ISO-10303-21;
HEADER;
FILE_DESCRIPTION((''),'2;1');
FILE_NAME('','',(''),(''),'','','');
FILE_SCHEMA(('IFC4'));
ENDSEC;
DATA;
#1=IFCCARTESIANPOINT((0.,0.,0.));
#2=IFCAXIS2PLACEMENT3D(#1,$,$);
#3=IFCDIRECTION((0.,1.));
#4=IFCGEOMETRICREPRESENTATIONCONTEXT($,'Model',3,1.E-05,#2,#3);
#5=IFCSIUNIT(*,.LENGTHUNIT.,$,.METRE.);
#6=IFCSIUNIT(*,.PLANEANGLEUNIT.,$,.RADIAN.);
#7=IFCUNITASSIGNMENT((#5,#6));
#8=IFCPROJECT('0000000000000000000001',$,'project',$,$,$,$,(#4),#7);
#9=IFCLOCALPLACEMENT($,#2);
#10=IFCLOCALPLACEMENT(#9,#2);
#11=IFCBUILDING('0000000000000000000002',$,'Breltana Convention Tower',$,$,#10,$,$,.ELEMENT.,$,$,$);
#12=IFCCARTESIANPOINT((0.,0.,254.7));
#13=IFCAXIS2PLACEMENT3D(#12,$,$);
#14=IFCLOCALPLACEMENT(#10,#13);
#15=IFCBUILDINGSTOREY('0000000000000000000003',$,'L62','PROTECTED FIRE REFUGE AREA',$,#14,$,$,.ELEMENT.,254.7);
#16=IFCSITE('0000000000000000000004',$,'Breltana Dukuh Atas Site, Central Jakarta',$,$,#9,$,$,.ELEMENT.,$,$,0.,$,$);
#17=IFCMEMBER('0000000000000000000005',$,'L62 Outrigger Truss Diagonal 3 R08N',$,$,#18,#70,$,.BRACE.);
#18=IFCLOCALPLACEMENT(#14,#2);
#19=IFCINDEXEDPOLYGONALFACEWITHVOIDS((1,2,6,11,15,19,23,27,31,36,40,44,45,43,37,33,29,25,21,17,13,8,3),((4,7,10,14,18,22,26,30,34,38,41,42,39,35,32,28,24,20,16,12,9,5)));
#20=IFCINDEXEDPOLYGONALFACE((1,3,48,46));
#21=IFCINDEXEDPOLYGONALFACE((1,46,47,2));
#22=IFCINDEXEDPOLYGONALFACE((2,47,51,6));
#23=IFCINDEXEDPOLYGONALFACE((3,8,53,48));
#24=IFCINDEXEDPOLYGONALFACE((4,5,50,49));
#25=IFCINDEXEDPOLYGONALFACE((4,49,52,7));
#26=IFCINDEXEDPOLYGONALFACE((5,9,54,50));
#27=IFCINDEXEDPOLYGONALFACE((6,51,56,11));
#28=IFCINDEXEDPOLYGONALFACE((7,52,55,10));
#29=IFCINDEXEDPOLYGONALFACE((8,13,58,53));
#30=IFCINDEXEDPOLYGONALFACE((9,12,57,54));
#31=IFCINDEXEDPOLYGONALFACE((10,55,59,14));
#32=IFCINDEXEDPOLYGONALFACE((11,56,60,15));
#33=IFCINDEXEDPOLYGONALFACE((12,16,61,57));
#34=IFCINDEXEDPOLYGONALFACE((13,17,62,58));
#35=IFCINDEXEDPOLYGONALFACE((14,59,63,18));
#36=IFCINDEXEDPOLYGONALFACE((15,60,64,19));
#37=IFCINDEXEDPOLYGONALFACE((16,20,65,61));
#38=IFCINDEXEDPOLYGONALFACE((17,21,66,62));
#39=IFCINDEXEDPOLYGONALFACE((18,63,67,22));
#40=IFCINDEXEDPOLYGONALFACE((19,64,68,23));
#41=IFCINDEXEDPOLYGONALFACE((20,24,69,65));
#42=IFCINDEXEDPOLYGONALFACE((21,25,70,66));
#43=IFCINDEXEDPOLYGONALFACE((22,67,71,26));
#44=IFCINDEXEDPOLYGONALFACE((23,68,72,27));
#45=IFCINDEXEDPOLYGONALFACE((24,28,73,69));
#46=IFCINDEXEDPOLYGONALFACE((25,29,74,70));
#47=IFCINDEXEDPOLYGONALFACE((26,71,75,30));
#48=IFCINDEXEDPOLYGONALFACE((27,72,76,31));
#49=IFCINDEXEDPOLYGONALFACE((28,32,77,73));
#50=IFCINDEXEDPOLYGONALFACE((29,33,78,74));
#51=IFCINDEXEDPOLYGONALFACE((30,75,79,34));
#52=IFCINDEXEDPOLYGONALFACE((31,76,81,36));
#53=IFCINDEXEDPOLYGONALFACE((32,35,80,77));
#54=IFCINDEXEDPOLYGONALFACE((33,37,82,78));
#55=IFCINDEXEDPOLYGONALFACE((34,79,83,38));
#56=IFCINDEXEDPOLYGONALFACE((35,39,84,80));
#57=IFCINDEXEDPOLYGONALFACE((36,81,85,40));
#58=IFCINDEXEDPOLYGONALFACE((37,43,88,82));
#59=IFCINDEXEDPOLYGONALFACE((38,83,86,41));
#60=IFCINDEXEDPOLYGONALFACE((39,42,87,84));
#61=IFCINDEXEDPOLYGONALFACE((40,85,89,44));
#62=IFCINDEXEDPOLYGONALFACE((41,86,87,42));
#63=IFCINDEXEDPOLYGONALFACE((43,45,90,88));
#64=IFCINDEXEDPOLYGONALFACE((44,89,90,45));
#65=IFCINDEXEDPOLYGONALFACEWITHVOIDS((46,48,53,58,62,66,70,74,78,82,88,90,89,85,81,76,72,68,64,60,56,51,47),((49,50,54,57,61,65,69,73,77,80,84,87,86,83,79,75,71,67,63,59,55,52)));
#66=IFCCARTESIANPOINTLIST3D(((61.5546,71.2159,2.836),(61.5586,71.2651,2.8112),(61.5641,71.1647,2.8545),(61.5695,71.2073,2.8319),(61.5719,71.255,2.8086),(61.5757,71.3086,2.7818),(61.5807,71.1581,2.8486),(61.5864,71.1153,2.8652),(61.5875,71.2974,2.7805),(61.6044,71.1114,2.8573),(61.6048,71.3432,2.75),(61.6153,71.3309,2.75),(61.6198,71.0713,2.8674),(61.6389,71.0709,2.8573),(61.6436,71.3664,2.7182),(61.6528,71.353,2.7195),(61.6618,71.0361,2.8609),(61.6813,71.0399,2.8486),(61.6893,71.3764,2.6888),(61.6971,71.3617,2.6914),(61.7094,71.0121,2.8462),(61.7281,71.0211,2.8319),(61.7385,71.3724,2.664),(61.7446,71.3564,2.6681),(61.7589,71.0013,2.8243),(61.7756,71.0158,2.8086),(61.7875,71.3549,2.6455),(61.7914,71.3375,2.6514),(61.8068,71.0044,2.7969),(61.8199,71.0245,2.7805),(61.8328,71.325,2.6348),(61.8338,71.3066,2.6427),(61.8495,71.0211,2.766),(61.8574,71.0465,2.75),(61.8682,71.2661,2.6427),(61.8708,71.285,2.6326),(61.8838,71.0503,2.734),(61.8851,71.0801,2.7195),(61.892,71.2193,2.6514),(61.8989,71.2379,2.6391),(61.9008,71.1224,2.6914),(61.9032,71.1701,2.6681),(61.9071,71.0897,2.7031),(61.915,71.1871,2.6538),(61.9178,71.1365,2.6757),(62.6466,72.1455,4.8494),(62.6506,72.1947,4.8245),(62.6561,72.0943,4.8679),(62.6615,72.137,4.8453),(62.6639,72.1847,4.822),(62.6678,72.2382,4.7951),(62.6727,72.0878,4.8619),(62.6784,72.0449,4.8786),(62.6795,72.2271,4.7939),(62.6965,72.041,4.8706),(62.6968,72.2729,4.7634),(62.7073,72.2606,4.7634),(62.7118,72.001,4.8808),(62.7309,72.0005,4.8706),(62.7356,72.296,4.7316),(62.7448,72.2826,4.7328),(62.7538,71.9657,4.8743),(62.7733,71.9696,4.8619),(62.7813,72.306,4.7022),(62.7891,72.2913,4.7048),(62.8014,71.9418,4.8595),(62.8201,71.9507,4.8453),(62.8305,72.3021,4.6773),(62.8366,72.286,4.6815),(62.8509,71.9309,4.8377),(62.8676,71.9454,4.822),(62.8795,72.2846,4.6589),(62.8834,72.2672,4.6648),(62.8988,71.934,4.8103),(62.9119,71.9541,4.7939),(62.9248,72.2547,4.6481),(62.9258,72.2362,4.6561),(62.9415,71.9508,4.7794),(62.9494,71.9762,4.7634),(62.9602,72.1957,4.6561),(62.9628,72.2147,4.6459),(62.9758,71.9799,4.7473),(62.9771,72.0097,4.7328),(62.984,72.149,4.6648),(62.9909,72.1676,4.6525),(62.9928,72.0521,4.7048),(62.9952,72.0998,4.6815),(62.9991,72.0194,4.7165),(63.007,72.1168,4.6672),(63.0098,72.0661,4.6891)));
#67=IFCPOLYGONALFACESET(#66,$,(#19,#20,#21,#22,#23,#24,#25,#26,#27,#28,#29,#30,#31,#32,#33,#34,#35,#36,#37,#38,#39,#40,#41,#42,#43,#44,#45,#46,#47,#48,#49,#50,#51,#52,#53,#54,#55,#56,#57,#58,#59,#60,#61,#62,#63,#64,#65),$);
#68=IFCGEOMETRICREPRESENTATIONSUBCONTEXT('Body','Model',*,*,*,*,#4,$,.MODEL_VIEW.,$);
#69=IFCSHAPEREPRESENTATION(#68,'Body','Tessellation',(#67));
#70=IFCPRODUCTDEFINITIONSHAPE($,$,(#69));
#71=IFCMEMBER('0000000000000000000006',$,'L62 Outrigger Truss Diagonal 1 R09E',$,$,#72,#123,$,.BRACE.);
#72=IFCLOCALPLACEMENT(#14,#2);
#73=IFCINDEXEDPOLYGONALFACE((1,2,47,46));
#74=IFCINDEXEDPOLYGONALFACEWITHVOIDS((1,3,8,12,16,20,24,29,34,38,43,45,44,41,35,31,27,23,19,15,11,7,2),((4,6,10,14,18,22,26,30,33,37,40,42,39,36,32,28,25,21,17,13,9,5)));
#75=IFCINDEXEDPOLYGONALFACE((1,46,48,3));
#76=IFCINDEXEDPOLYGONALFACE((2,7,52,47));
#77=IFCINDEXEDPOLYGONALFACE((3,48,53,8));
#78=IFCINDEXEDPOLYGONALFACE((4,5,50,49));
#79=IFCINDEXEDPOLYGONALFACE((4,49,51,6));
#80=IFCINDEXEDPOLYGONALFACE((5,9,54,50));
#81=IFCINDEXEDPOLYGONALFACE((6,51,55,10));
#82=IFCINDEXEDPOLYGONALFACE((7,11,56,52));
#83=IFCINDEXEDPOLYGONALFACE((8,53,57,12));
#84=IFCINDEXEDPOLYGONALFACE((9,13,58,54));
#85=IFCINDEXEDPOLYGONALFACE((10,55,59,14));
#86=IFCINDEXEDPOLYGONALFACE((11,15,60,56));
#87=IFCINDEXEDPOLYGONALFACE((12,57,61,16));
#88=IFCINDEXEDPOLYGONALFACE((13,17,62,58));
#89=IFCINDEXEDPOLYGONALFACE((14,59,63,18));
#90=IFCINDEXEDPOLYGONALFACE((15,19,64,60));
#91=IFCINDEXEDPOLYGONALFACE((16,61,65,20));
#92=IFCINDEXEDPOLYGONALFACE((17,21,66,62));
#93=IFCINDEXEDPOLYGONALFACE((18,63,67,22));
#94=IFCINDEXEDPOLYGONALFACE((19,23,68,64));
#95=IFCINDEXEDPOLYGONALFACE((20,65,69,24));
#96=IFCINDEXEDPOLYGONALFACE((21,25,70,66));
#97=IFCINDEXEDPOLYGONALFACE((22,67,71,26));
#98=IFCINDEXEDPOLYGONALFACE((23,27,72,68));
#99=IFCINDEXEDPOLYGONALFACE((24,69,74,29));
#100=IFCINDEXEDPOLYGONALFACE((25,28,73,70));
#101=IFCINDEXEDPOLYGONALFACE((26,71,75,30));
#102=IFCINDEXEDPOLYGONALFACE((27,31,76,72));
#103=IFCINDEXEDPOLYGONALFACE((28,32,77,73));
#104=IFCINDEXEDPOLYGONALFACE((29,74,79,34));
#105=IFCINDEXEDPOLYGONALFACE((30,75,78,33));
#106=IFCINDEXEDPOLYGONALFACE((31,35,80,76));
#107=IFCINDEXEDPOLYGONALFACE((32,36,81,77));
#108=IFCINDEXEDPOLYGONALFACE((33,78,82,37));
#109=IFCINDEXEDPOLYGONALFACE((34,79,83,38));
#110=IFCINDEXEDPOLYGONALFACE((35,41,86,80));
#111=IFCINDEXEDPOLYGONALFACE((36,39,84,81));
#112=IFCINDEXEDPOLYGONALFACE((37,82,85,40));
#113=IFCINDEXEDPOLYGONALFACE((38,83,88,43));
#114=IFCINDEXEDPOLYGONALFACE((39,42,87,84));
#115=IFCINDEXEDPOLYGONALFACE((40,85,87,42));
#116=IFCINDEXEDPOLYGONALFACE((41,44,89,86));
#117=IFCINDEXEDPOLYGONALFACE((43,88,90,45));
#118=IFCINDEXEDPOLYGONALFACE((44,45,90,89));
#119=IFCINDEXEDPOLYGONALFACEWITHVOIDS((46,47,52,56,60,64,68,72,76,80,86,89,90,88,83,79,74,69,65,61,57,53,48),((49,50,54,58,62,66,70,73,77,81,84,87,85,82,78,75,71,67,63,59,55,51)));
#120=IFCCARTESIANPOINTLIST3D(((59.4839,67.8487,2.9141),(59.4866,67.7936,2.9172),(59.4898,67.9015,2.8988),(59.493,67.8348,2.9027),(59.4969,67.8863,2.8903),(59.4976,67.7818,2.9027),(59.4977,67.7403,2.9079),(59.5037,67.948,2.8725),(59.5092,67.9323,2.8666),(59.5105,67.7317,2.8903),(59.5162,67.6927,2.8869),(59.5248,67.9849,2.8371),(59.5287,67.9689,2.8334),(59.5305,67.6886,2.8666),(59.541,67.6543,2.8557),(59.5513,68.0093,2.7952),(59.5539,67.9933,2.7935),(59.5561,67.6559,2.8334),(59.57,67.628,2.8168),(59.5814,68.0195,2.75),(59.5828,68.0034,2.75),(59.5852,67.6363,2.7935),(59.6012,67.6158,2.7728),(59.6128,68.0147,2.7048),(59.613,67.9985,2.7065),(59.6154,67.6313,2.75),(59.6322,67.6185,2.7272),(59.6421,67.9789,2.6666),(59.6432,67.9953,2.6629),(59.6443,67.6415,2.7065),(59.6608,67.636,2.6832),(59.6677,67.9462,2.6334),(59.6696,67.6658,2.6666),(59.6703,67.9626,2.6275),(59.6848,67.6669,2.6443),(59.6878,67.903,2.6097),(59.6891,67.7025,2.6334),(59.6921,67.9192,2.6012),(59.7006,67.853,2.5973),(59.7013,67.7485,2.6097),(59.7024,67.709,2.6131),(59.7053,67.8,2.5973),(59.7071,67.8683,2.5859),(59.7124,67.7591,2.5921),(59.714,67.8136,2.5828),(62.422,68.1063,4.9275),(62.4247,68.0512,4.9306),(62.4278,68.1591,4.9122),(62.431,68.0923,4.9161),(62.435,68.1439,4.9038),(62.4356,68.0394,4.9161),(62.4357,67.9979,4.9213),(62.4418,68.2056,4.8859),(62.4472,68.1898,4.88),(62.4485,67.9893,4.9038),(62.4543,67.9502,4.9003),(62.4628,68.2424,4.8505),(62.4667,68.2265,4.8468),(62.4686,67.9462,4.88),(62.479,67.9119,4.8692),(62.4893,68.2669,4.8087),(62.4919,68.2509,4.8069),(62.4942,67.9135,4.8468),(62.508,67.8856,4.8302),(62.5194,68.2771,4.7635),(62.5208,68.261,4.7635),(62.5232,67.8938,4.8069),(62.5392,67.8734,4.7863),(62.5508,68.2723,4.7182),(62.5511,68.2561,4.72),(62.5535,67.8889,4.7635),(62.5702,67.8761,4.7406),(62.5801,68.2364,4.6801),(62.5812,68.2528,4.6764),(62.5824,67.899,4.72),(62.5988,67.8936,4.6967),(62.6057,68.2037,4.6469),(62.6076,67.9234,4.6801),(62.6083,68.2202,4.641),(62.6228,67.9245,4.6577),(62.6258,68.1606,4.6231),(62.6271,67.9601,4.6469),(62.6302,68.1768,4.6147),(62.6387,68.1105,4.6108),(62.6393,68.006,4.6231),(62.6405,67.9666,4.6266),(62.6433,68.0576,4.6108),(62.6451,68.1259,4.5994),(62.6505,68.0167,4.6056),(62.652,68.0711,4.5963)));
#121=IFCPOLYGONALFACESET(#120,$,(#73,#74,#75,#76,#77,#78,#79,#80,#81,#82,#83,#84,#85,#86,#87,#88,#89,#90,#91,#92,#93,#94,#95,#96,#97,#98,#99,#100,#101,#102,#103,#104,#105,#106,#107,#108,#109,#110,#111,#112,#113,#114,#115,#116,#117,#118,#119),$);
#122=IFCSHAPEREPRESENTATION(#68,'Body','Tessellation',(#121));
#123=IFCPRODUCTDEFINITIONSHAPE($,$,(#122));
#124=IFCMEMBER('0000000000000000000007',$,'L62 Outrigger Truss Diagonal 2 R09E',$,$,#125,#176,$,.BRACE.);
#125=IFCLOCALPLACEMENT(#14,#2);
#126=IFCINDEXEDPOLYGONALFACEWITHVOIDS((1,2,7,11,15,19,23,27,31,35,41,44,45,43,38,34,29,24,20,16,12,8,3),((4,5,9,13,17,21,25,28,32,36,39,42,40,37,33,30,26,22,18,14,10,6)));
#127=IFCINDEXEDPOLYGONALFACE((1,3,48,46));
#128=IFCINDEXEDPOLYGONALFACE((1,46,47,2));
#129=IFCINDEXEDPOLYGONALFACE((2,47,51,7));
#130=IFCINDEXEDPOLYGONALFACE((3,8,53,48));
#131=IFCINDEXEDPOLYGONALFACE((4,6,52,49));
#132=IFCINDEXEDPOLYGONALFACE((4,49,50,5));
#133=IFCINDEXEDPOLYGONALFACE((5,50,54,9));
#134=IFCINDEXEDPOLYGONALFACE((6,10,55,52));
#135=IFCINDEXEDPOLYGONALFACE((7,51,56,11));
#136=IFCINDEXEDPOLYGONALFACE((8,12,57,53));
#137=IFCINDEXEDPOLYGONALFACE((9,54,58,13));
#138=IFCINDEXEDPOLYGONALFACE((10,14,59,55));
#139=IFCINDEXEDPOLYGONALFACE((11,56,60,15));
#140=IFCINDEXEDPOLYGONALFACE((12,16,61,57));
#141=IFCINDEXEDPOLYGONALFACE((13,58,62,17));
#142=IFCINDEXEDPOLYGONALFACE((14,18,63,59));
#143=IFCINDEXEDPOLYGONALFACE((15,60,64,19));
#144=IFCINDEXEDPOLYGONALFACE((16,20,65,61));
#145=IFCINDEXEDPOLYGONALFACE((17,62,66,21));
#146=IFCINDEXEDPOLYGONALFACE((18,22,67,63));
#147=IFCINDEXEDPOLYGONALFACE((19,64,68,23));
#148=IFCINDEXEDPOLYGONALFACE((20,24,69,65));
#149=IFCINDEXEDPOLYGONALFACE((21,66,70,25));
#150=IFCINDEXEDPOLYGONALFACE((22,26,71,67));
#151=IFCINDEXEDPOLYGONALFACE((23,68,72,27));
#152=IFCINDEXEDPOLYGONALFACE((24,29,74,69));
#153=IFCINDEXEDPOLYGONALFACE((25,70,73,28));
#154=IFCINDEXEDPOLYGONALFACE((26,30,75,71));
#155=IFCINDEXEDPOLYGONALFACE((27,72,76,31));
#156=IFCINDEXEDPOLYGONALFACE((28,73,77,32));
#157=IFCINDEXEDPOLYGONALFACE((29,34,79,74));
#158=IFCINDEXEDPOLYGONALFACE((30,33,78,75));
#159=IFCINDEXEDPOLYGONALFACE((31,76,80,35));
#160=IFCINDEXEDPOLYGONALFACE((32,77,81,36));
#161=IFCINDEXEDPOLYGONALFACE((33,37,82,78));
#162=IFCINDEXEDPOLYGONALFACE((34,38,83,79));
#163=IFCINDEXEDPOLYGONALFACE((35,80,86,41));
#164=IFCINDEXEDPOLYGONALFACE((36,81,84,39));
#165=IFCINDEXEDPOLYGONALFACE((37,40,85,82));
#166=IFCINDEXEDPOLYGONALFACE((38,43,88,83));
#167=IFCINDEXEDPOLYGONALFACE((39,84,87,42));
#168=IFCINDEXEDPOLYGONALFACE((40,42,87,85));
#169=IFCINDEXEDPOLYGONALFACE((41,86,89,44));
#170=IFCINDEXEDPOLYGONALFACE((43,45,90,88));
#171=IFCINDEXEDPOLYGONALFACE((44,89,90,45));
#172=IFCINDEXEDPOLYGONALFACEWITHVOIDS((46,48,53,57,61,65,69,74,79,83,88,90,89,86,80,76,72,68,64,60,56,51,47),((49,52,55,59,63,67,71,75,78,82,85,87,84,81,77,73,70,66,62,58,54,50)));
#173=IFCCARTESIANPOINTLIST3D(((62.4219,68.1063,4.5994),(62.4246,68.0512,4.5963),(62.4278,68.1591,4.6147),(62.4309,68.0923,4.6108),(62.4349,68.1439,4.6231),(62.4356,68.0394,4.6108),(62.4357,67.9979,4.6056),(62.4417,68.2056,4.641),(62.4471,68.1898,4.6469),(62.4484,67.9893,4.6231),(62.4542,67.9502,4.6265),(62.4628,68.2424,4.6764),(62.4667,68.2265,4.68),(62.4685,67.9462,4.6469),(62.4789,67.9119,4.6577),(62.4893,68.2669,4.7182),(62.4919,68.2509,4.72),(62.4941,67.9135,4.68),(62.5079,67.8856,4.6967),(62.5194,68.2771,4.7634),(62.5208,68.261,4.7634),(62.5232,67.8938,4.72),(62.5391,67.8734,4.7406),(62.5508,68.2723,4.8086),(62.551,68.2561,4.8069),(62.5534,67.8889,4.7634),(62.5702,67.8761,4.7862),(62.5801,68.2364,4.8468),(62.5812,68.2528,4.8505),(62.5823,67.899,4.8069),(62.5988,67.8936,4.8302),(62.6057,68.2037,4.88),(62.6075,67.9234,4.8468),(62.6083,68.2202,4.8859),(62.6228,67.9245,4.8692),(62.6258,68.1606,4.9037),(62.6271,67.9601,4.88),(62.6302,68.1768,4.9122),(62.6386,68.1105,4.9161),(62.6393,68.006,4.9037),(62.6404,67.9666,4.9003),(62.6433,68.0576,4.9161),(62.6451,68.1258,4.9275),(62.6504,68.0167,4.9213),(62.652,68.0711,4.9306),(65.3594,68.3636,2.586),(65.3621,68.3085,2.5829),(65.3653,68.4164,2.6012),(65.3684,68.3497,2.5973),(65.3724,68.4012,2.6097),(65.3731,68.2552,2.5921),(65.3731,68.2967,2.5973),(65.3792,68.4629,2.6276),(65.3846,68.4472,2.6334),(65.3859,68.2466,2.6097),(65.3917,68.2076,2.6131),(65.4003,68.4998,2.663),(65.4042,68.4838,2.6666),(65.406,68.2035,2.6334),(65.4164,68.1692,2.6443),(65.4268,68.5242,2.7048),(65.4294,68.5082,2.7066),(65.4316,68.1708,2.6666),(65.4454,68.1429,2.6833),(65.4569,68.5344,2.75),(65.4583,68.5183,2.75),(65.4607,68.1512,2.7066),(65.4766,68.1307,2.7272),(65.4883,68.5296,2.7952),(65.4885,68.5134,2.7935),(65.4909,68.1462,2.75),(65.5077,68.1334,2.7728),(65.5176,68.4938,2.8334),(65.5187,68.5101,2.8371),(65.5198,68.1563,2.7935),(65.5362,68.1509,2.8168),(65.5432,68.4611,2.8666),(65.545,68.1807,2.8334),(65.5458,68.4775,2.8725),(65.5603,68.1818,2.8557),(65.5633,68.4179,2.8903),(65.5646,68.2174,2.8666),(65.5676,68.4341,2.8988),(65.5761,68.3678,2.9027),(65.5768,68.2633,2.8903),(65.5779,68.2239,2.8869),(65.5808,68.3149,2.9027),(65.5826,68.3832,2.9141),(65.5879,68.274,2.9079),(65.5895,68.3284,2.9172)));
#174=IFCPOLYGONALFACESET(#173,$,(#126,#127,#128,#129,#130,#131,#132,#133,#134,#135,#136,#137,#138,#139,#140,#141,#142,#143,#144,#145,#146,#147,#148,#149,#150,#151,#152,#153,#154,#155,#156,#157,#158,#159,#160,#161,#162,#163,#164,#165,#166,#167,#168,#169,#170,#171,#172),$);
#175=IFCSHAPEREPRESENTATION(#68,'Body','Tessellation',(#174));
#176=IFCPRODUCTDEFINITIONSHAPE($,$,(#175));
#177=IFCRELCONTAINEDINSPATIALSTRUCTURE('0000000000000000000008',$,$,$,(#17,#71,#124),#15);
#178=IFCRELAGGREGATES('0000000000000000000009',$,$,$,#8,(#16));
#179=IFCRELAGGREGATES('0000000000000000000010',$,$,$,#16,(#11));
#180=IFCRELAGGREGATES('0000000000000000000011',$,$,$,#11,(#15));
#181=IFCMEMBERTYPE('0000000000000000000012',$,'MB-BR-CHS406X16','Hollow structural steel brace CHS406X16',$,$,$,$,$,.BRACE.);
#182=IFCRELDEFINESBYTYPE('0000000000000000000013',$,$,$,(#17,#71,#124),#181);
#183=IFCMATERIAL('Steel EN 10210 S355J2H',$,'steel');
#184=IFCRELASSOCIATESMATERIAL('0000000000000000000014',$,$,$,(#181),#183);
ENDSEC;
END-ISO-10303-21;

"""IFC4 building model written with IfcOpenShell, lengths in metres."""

from ifc_helpers import new_model, si_unit, direction, frame, origin, origin_2d, place, context, subcontext, project, spatial, hollow_circle, extrude, source, transform, mapped, material, material_profile, profile_set, type_object, element, save


model = new_model("IFC4")

# Units and contexts
model_context = context("Model", 3, precision=1e-05, world=origin(), true_north=direction((0.0, 1.0)))
body_context = subcontext(model_context, "Body", "Model", "MODEL_VIEW")
ifc_project = project(units=[si_unit("LENGTHUNIT", "METRE"), si_unit("PLANEANGLEUNIT", "RADIAN")], contexts=[model_context])

# Site, building, storey
site_placement = place(None, origin())
site = spatial("IfcSite", under=ifc_project, at=site_placement, Name="Breltana Dukuh Atas Site, Central Jakarta", CompositionType="ELEMENT", RefElevation=0.0)
building_placement = place(site_placement, origin())
building = spatial("IfcBuilding", under=site, at=building_placement, Name="Breltana Convention Tower", CompositionType="ELEMENT")
storey_placement = place(building_placement, frame((0.0, 0.0, 254.7)))
storey = spatial("IfcBuildingStorey", under=building, at=storey_placement, Name="L62", Description="PROTECTED FIRE REFUGE AREA", CompositionType="ELEMENT", Elevation=254.7)

# Shared definitions
ifc_material_1 = material(Name="Steel EN 10210 S355J2H", Category="steel")

# Members
ifc_material_profile_1 = material_profile(ifc_material_1, hollow_circle(Radius=0.2029, WallThickness=0.0161, at=origin_2d()), Name="CHS406X16")
ifc_profile_set_1 = profile_set([ifc_material_profile_1], Name="Steel EN 10210 S355J2H")
member_type_1 = type_object("IfcMemberType", Name="MB-BR-CHS406X16", Description="Hollow structural steel brace CHS406X16", PredefinedType="BRACE", material=ifc_profile_set_1)
shared_shape_1 = source(origin(), body_context, "Body", "SweptSolid", [
    extrude(hollow_circle(Radius=0.2029, WallThickness=0.0161, at=origin_2d()), origin(), (0.0, 0.0, 1.0), 2.4719),
])
for number, where, z_axis, x_axis, name in (
    (1, (61.7363, 71.1887, 2.75), (0.441765, 0.376088, 0.814495), (-0.648236, 0.761439, 0.0), "L62 Outrigger Truss Diagonal 3 R08N"),
):
    element("IfcMember", number, at=place(storey_placement, frame(where, z_axis=z_axis, x_axis=x_axis)), inside=storey, type_object=member_type_1, Name=name, PredefinedType="BRACE", context=body_context, shape_type="MappedRepresentation", body=[
        mapped(shared_shape_1, transform((0.0, 0.0, 0.0), scale=1.0)),
    ])
shared_shape_2 = source(origin(), body_context, "Body", "SweptSolid", [
    extrude(hollow_circle(Radius=0.2029, WallThickness=0.0161, at=origin_2d()), origin(), (0.0, 0.0, 1.0), 3.571),
])
member_1_placement = place(storey_placement, frame((59.5991, 67.8174, 2.75), z_axis=(0.822737, 0.072128, 0.563828), x_axis=(-0.087333, 0.996179, 0.0)))
element("IfcMember", 2, at=member_1_placement, inside=storey, type_object=member_type_1, Name="L62 Outrigger Truss Diagonal 1 R09E", PredefinedType="BRACE", context=body_context, shape_type="MappedRepresentation", body=[
    mapped(shared_shape_2, transform((0.0, 0.0, 0.0), scale=1.0)),
])
shared_shape_3 = source(origin(), body_context, "Body", "SweptSolid", [
    extrude(hollow_circle(Radius=0.2029, WallThickness=0.0161, at=origin_2d()), origin(), (0.0, 0.0, 1.0), 3.5706),
])
member_2_placement = place(storey_placement, frame((62.5371, 68.075, 4.7634), z_axis=(0.822696, 0.072068, -0.563894), x_axis=(-0.087266, 0.996185, 0.0)))
element("IfcMember", 3, at=member_2_placement, inside=storey, type_object=member_type_1, Name="L62 Outrigger Truss Diagonal 2 R09E", PredefinedType="BRACE", context=body_context, shape_type="MappedRepresentation", body=[
    mapped(shared_shape_3, transform((0.0, 0.0, 0.0), scale=1.0)),
])

save(model, "model.ifc")
